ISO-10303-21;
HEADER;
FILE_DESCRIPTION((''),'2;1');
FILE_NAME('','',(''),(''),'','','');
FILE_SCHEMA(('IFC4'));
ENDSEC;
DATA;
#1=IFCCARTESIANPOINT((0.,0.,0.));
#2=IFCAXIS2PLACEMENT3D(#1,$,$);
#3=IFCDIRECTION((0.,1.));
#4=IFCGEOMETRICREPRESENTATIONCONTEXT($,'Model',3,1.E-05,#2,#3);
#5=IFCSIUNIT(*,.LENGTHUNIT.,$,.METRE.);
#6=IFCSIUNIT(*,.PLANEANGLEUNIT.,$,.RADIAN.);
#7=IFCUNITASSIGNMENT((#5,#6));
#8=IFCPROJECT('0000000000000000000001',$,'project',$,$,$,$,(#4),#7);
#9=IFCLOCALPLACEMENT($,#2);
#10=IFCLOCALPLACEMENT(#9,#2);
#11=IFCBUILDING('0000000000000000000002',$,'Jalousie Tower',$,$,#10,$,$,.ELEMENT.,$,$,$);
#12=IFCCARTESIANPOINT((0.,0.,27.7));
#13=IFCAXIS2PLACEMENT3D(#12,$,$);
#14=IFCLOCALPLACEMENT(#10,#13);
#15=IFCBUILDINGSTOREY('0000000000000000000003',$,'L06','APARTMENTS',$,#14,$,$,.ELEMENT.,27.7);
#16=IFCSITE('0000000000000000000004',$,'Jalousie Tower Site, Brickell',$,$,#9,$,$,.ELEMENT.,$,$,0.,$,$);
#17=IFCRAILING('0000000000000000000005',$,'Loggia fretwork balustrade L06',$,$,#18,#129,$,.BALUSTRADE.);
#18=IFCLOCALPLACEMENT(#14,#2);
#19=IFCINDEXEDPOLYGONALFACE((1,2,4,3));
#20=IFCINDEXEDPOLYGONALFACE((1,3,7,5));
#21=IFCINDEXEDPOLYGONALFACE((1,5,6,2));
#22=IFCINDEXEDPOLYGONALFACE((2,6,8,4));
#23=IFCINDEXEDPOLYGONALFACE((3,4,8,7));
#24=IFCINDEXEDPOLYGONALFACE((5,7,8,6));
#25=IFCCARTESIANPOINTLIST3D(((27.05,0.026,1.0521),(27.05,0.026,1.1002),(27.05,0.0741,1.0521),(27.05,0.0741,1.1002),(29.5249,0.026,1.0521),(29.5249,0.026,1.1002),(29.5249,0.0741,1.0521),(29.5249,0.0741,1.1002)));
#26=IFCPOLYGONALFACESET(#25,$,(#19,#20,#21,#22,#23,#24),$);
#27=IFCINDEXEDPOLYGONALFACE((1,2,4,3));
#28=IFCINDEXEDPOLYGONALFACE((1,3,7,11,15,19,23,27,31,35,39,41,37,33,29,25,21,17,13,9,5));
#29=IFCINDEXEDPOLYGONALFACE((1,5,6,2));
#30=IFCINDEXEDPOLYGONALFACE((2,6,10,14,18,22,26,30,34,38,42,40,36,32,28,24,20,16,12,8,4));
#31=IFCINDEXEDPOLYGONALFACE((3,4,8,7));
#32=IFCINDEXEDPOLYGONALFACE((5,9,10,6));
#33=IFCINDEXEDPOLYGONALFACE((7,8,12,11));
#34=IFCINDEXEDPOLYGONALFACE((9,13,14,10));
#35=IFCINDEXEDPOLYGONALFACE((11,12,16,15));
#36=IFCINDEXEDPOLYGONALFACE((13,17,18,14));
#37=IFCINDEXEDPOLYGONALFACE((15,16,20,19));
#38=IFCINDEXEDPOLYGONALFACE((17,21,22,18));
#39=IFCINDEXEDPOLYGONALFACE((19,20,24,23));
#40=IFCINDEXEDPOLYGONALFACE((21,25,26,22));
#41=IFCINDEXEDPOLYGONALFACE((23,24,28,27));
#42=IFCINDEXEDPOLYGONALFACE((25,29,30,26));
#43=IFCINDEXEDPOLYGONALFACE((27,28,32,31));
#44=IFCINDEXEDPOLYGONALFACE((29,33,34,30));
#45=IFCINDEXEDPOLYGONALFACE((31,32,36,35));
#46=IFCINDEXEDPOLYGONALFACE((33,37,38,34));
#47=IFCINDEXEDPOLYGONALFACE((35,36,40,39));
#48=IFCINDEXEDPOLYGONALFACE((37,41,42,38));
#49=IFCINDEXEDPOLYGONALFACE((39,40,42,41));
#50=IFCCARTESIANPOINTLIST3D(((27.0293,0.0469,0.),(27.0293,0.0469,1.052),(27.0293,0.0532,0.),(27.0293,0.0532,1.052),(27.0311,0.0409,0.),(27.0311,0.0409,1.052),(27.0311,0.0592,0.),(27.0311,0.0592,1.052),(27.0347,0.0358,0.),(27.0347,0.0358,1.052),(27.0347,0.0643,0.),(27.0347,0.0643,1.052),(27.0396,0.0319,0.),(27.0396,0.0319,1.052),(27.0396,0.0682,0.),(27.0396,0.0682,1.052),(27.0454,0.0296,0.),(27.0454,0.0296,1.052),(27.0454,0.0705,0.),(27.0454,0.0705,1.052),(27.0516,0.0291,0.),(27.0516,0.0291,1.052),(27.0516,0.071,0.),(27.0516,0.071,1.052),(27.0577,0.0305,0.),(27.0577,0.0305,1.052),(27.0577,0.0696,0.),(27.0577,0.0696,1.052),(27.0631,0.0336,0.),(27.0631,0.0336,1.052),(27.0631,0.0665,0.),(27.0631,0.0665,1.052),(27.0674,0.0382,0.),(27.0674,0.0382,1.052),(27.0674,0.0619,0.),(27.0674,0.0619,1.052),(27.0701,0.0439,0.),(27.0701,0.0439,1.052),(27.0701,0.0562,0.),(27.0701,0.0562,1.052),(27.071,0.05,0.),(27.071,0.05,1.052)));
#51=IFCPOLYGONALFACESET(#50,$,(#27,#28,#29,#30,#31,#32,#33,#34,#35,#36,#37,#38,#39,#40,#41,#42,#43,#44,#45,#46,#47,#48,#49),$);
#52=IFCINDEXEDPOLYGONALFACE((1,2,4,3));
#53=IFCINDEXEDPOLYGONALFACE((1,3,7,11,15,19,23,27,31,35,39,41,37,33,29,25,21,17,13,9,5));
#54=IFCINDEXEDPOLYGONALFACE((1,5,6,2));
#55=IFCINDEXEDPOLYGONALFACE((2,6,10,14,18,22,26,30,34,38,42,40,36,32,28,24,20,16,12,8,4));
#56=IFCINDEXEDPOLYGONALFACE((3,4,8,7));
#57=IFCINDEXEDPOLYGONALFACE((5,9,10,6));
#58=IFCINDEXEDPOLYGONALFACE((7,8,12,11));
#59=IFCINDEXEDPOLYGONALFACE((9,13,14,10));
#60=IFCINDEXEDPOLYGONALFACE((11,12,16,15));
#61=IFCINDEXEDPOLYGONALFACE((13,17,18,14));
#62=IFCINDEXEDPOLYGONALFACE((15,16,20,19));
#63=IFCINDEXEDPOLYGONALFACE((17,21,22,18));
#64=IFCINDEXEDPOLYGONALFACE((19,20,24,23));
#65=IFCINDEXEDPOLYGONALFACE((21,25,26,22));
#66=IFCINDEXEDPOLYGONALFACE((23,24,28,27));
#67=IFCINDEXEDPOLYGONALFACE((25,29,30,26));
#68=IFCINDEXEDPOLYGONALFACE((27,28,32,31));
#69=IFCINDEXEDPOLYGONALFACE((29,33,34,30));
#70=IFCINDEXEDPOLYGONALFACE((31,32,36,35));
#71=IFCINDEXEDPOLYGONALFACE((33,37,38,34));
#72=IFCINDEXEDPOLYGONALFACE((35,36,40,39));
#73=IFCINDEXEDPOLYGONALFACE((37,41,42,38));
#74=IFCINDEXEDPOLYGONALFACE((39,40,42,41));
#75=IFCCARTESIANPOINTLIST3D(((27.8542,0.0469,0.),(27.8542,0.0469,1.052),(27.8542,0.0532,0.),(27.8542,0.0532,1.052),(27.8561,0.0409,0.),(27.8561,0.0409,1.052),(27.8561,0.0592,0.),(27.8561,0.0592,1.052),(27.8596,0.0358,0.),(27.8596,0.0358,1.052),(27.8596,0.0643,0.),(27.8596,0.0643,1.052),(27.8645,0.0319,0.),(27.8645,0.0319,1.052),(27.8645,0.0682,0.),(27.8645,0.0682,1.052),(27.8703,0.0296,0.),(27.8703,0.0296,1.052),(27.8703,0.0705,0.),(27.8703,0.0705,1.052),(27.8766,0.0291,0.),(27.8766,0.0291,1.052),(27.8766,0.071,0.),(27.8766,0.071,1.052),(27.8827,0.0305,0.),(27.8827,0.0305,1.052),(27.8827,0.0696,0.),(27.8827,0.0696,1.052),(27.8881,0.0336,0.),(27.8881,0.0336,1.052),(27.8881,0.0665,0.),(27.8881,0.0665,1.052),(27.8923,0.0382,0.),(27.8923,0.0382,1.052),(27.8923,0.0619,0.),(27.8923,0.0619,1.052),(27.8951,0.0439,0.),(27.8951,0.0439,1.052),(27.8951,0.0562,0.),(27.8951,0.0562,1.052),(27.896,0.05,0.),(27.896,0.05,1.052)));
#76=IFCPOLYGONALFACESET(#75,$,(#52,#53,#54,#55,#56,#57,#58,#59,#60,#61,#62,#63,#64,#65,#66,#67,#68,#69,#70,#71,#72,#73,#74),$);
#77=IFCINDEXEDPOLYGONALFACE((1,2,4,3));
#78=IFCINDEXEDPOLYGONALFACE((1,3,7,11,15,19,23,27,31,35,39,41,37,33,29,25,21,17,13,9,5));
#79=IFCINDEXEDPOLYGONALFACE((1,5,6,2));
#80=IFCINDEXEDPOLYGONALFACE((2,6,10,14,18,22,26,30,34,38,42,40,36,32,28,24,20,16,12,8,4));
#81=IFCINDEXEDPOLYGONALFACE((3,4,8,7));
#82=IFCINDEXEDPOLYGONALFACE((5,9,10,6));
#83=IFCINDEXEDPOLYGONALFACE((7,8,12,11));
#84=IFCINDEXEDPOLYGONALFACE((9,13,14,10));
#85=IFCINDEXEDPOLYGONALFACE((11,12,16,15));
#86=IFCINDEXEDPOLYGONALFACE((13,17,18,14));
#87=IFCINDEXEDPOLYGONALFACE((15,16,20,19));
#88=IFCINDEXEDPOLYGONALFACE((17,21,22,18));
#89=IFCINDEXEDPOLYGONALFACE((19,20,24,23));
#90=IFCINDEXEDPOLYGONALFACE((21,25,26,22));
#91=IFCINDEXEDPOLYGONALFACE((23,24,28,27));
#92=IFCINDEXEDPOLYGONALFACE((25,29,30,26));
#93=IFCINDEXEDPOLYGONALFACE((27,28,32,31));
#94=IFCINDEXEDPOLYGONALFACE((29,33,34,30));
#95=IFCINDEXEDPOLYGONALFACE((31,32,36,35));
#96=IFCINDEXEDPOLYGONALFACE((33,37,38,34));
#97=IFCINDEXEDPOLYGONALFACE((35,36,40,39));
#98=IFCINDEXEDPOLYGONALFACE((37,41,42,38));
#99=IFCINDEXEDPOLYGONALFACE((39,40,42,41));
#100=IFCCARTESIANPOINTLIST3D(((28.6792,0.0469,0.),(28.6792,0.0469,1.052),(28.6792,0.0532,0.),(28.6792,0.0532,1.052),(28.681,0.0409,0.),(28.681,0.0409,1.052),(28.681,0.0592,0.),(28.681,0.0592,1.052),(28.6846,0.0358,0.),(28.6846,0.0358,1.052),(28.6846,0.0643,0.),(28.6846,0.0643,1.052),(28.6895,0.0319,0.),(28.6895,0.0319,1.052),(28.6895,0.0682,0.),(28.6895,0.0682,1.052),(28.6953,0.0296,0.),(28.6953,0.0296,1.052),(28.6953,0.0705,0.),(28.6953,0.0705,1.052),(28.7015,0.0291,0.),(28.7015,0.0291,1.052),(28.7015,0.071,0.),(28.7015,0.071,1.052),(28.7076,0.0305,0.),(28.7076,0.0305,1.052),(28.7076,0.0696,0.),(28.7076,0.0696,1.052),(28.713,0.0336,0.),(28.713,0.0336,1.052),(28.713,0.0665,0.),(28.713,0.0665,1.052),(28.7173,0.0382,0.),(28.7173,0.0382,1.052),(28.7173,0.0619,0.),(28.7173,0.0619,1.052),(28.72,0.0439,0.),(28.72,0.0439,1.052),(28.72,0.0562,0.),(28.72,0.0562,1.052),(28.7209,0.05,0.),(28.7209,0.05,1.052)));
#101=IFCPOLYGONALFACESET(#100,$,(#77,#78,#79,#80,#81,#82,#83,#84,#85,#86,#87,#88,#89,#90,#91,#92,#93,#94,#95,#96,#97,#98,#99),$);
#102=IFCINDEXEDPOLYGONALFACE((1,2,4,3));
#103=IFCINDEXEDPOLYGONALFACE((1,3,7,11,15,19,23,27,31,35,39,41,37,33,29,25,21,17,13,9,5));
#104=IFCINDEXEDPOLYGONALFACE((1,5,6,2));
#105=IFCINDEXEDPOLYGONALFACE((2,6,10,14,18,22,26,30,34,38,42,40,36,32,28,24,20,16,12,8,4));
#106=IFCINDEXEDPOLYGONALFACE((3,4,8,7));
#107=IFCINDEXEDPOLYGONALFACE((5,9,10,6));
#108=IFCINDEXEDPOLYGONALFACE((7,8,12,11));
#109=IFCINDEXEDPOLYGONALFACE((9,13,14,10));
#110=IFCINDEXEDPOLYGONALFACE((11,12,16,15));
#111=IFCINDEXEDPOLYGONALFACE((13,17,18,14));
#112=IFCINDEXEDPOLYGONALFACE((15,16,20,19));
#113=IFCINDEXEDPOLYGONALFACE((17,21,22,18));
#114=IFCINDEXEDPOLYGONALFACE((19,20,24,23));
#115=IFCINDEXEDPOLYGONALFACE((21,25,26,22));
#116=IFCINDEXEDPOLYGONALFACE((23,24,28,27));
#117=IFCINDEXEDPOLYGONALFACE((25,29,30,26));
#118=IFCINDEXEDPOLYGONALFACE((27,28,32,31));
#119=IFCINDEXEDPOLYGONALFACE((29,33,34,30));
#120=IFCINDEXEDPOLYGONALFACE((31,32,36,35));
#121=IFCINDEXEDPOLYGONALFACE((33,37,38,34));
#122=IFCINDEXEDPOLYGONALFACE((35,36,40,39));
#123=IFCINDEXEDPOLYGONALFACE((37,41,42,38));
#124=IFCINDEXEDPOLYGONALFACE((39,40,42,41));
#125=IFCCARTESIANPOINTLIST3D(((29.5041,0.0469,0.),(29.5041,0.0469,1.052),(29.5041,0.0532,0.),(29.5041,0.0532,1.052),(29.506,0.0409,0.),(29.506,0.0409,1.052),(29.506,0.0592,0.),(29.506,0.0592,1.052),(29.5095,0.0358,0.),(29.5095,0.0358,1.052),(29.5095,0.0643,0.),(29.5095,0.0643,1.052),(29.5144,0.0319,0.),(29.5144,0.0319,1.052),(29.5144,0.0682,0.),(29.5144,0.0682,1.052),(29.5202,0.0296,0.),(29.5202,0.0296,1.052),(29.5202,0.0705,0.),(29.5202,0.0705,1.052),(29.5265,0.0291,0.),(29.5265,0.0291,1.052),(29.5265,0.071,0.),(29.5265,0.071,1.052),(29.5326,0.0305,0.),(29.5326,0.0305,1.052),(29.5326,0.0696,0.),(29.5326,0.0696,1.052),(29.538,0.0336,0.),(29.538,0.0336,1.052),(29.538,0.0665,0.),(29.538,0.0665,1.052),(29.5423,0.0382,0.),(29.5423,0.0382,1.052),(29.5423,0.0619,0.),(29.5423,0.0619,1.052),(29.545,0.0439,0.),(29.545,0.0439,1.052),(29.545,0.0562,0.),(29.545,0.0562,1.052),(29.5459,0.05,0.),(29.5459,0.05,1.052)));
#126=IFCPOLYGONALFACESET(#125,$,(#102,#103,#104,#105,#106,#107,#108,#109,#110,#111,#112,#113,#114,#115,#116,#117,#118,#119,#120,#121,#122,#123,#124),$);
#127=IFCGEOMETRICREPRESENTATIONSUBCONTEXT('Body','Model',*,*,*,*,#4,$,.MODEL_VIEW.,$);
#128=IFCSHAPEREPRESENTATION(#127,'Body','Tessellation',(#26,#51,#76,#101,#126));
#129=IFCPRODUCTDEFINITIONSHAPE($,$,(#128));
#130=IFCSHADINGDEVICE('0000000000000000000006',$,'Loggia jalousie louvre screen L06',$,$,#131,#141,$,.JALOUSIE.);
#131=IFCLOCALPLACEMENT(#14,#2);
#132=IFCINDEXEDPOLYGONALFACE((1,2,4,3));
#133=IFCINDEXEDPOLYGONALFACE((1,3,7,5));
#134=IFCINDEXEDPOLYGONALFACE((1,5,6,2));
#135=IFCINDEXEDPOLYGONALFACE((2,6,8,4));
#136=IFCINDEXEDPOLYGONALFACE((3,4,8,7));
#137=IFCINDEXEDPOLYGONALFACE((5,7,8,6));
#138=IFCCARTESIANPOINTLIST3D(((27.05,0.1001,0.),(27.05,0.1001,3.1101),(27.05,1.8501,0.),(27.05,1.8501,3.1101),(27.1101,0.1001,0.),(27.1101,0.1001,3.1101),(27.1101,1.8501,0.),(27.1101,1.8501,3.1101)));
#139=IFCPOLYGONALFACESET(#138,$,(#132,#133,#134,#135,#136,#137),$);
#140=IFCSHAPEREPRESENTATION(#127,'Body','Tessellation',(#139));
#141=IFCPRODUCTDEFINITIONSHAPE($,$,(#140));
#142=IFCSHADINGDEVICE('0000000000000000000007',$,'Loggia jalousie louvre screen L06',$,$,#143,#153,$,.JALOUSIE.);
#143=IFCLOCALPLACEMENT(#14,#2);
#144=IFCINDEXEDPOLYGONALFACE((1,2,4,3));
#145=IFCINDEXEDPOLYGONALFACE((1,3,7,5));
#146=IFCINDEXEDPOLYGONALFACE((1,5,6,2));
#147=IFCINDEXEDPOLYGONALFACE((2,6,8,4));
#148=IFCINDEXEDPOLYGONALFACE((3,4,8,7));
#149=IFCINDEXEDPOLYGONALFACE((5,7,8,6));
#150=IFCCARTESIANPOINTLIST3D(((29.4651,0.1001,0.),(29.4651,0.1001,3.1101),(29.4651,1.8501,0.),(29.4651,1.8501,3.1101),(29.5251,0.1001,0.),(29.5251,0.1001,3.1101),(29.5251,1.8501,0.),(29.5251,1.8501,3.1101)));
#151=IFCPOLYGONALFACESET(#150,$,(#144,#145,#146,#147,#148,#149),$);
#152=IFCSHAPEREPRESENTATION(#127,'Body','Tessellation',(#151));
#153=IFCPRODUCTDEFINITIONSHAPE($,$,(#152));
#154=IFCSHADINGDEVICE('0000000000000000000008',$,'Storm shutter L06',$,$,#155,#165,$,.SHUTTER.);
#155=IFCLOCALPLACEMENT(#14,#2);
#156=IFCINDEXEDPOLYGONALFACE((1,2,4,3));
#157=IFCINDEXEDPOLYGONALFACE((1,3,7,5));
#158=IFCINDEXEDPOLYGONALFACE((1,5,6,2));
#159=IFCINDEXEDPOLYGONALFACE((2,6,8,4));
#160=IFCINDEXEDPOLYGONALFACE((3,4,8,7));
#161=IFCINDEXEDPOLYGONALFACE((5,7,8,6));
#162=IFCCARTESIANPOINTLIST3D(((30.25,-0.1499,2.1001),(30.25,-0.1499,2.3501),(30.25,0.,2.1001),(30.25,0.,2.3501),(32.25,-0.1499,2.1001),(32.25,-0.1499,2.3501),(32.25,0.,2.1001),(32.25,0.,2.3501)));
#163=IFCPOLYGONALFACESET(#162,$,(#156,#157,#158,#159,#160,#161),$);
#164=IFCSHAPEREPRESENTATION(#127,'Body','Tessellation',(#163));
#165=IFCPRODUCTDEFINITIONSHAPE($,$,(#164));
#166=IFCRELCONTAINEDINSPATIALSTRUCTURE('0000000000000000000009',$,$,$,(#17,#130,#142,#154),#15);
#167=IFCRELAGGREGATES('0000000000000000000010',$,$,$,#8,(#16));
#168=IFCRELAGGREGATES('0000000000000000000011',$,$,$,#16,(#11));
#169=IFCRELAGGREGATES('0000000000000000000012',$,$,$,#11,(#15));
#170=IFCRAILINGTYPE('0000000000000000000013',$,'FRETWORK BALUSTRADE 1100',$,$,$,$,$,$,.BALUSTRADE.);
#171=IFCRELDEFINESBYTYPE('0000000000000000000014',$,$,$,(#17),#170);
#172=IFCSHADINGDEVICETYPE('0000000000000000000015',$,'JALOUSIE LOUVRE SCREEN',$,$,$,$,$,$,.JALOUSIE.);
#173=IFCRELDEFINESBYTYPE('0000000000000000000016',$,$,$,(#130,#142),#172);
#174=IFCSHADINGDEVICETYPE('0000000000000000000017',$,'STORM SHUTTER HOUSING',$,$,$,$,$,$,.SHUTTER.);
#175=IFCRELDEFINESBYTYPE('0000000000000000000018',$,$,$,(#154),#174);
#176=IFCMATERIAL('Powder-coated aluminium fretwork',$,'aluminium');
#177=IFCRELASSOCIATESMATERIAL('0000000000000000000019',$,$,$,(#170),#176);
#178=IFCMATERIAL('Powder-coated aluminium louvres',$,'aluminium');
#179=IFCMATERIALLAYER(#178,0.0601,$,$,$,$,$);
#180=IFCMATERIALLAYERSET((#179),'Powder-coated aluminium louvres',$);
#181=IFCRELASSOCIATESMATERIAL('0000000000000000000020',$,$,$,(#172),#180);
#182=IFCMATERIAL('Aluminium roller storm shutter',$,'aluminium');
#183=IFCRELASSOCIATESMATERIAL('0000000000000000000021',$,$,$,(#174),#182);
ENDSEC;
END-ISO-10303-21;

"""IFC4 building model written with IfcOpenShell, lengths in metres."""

from ifc_helpers import new_model, si_unit, direction, frame, origin, origin_2d, place, context, subcontext, project, spatial, rectangle, circle, extrude, material, layer, layer_set, type_object, element, save


model = new_model("IFC4")

# Units and contexts
model_context = context("Model", 3, precision=1e-05, world=origin(), true_north=direction((0.0, 1.0)))
body_context = subcontext(model_context, "Body", "Model", "MODEL_VIEW")
ifc_project = project(units=[si_unit("LENGTHUNIT", "METRE"), si_unit("PLANEANGLEUNIT", "RADIAN")], contexts=[model_context])

# Site, building, storey
site_placement = place(None, origin())
site = spatial("IfcSite", under=ifc_project, at=site_placement, Name="Jalousie Tower Site, Brickell", CompositionType="ELEMENT", RefElevation=0.0)
building_placement = place(site_placement, origin())
building = spatial("IfcBuilding", under=site, at=building_placement, Name="Jalousie Tower", CompositionType="ELEMENT")
storey_placement = place(building_placement, frame((0.0, 0.0, 27.7)))
storey = spatial("IfcBuildingStorey", under=building, at=storey_placement, Name="L06", Description="APARTMENTS", CompositionType="ELEMENT", Elevation=27.7)

# Railing
ifc_material_1 = material(Name="Powder-coated aluminium fretwork", Category="aluminium")
railing_type = type_object("IfcRailingType", Name="FRETWORK BALUSTRADE 1100", PredefinedType="BALUSTRADE", material=ifc_material_1)
railing_placement = place(storey_placement, frame((27.05, 0.05, 0.0)))
element("IfcRailing", 1, at=railing_placement, inside=storey, type_object=railing_type, Name="Loggia fretwork balustrade L06", PredefinedType="BALUSTRADE", context=body_context, shape_type="SweptSolid", body=[
    extrude(rectangle(XDim=0.0481, YDim=0.0481, at=origin_2d()), frame((0.0, 0.0, 1.0762), z_axis=(1.0, 0.0, 0.0), x_axis=(0.0, 1.0, 0.0)), (0.0, 0.0, 1.0), 2.4749),
    extrude(circle(Radius=0.021, at=origin_2d()), origin(), (0.0, 0.0, 1.0), 1.052),
    extrude(circle(Radius=0.021, at=origin_2d()), frame((0.825, 0.0, 0.0)), (0.0, 0.0, 1.0), 1.052),
    extrude(circle(Radius=0.021, at=origin_2d()), frame((1.6499, 0.0, 0.0)), (0.0, 0.0, 1.0), 1.052),
    extrude(circle(Radius=0.021, at=origin_2d()), frame((2.4749, 0.0, 0.0)), (0.0, 0.0, 1.0), 1.052),
])

# Shading devices
ifc_material_2 = material(Name="Powder-coated aluminium louvres", Category="aluminium")
ifc_layer_1 = layer(ifc_material_2, 0.0601)
ifc_layer_set_1 = layer_set([ifc_layer_1], Name="Powder-coated aluminium louvres")
shading_device_type_1 = type_object("IfcShadingDeviceType", Name="JALOUSIE LOUVRE SCREEN", PredefinedType="JALOUSIE", material=ifc_layer_set_1)
for number, where, z_axis, x_axis, name in (
    (2, (27.0801, 0.9751, 0.0), (0.0, 0.0, 1.0), (1.0, 0.0, 0.0), "Loggia jalousie louvre screen L06"),
    (3, (29.4951, 0.9751, 0.0), (0.0, 0.0, 1.0), (1.0, 0.0, 0.0), "Loggia jalousie louvre screen L06"),
):
    element("IfcShadingDevice", number, at=place(storey_placement, frame(where, z_axis=z_axis, x_axis=x_axis)), inside=storey, type_object=shading_device_type_1, Name=name, PredefinedType="JALOUSIE", context=body_context, shape_type="SweptSolid", body=[
        extrude(rectangle(XDim=0.0601, YDim=1.75, at=origin_2d()), origin(), (0.0, 0.0, 1.0), 3.1101),
    ])
ifc_material_3 = material(Name="Aluminium roller storm shutter", Category="aluminium")
shading_device_type_2 = type_object("IfcShadingDeviceType", Name="STORM SHUTTER HOUSING", PredefinedType="SHUTTER", material=ifc_material_3)
shading_device_placement = place(storey_placement, frame((31.25, -0.075, 2.1001), z_axis=(0.0, 0.0, 1.0), x_axis=(1.0, 0.0, 0.0)))
element("IfcShadingDevice", 4, at=shading_device_placement, inside=storey, type_object=shading_device_type_2, Name="Storm shutter L06", PredefinedType="SHUTTER", context=body_context, shape_type="SweptSolid", body=[
    extrude(rectangle(XDim=2.0, YDim=0.1499, at=origin_2d()), origin(), (0.0, 0.0, 1.0), 0.25),
])

save(model, "model.ifc")
